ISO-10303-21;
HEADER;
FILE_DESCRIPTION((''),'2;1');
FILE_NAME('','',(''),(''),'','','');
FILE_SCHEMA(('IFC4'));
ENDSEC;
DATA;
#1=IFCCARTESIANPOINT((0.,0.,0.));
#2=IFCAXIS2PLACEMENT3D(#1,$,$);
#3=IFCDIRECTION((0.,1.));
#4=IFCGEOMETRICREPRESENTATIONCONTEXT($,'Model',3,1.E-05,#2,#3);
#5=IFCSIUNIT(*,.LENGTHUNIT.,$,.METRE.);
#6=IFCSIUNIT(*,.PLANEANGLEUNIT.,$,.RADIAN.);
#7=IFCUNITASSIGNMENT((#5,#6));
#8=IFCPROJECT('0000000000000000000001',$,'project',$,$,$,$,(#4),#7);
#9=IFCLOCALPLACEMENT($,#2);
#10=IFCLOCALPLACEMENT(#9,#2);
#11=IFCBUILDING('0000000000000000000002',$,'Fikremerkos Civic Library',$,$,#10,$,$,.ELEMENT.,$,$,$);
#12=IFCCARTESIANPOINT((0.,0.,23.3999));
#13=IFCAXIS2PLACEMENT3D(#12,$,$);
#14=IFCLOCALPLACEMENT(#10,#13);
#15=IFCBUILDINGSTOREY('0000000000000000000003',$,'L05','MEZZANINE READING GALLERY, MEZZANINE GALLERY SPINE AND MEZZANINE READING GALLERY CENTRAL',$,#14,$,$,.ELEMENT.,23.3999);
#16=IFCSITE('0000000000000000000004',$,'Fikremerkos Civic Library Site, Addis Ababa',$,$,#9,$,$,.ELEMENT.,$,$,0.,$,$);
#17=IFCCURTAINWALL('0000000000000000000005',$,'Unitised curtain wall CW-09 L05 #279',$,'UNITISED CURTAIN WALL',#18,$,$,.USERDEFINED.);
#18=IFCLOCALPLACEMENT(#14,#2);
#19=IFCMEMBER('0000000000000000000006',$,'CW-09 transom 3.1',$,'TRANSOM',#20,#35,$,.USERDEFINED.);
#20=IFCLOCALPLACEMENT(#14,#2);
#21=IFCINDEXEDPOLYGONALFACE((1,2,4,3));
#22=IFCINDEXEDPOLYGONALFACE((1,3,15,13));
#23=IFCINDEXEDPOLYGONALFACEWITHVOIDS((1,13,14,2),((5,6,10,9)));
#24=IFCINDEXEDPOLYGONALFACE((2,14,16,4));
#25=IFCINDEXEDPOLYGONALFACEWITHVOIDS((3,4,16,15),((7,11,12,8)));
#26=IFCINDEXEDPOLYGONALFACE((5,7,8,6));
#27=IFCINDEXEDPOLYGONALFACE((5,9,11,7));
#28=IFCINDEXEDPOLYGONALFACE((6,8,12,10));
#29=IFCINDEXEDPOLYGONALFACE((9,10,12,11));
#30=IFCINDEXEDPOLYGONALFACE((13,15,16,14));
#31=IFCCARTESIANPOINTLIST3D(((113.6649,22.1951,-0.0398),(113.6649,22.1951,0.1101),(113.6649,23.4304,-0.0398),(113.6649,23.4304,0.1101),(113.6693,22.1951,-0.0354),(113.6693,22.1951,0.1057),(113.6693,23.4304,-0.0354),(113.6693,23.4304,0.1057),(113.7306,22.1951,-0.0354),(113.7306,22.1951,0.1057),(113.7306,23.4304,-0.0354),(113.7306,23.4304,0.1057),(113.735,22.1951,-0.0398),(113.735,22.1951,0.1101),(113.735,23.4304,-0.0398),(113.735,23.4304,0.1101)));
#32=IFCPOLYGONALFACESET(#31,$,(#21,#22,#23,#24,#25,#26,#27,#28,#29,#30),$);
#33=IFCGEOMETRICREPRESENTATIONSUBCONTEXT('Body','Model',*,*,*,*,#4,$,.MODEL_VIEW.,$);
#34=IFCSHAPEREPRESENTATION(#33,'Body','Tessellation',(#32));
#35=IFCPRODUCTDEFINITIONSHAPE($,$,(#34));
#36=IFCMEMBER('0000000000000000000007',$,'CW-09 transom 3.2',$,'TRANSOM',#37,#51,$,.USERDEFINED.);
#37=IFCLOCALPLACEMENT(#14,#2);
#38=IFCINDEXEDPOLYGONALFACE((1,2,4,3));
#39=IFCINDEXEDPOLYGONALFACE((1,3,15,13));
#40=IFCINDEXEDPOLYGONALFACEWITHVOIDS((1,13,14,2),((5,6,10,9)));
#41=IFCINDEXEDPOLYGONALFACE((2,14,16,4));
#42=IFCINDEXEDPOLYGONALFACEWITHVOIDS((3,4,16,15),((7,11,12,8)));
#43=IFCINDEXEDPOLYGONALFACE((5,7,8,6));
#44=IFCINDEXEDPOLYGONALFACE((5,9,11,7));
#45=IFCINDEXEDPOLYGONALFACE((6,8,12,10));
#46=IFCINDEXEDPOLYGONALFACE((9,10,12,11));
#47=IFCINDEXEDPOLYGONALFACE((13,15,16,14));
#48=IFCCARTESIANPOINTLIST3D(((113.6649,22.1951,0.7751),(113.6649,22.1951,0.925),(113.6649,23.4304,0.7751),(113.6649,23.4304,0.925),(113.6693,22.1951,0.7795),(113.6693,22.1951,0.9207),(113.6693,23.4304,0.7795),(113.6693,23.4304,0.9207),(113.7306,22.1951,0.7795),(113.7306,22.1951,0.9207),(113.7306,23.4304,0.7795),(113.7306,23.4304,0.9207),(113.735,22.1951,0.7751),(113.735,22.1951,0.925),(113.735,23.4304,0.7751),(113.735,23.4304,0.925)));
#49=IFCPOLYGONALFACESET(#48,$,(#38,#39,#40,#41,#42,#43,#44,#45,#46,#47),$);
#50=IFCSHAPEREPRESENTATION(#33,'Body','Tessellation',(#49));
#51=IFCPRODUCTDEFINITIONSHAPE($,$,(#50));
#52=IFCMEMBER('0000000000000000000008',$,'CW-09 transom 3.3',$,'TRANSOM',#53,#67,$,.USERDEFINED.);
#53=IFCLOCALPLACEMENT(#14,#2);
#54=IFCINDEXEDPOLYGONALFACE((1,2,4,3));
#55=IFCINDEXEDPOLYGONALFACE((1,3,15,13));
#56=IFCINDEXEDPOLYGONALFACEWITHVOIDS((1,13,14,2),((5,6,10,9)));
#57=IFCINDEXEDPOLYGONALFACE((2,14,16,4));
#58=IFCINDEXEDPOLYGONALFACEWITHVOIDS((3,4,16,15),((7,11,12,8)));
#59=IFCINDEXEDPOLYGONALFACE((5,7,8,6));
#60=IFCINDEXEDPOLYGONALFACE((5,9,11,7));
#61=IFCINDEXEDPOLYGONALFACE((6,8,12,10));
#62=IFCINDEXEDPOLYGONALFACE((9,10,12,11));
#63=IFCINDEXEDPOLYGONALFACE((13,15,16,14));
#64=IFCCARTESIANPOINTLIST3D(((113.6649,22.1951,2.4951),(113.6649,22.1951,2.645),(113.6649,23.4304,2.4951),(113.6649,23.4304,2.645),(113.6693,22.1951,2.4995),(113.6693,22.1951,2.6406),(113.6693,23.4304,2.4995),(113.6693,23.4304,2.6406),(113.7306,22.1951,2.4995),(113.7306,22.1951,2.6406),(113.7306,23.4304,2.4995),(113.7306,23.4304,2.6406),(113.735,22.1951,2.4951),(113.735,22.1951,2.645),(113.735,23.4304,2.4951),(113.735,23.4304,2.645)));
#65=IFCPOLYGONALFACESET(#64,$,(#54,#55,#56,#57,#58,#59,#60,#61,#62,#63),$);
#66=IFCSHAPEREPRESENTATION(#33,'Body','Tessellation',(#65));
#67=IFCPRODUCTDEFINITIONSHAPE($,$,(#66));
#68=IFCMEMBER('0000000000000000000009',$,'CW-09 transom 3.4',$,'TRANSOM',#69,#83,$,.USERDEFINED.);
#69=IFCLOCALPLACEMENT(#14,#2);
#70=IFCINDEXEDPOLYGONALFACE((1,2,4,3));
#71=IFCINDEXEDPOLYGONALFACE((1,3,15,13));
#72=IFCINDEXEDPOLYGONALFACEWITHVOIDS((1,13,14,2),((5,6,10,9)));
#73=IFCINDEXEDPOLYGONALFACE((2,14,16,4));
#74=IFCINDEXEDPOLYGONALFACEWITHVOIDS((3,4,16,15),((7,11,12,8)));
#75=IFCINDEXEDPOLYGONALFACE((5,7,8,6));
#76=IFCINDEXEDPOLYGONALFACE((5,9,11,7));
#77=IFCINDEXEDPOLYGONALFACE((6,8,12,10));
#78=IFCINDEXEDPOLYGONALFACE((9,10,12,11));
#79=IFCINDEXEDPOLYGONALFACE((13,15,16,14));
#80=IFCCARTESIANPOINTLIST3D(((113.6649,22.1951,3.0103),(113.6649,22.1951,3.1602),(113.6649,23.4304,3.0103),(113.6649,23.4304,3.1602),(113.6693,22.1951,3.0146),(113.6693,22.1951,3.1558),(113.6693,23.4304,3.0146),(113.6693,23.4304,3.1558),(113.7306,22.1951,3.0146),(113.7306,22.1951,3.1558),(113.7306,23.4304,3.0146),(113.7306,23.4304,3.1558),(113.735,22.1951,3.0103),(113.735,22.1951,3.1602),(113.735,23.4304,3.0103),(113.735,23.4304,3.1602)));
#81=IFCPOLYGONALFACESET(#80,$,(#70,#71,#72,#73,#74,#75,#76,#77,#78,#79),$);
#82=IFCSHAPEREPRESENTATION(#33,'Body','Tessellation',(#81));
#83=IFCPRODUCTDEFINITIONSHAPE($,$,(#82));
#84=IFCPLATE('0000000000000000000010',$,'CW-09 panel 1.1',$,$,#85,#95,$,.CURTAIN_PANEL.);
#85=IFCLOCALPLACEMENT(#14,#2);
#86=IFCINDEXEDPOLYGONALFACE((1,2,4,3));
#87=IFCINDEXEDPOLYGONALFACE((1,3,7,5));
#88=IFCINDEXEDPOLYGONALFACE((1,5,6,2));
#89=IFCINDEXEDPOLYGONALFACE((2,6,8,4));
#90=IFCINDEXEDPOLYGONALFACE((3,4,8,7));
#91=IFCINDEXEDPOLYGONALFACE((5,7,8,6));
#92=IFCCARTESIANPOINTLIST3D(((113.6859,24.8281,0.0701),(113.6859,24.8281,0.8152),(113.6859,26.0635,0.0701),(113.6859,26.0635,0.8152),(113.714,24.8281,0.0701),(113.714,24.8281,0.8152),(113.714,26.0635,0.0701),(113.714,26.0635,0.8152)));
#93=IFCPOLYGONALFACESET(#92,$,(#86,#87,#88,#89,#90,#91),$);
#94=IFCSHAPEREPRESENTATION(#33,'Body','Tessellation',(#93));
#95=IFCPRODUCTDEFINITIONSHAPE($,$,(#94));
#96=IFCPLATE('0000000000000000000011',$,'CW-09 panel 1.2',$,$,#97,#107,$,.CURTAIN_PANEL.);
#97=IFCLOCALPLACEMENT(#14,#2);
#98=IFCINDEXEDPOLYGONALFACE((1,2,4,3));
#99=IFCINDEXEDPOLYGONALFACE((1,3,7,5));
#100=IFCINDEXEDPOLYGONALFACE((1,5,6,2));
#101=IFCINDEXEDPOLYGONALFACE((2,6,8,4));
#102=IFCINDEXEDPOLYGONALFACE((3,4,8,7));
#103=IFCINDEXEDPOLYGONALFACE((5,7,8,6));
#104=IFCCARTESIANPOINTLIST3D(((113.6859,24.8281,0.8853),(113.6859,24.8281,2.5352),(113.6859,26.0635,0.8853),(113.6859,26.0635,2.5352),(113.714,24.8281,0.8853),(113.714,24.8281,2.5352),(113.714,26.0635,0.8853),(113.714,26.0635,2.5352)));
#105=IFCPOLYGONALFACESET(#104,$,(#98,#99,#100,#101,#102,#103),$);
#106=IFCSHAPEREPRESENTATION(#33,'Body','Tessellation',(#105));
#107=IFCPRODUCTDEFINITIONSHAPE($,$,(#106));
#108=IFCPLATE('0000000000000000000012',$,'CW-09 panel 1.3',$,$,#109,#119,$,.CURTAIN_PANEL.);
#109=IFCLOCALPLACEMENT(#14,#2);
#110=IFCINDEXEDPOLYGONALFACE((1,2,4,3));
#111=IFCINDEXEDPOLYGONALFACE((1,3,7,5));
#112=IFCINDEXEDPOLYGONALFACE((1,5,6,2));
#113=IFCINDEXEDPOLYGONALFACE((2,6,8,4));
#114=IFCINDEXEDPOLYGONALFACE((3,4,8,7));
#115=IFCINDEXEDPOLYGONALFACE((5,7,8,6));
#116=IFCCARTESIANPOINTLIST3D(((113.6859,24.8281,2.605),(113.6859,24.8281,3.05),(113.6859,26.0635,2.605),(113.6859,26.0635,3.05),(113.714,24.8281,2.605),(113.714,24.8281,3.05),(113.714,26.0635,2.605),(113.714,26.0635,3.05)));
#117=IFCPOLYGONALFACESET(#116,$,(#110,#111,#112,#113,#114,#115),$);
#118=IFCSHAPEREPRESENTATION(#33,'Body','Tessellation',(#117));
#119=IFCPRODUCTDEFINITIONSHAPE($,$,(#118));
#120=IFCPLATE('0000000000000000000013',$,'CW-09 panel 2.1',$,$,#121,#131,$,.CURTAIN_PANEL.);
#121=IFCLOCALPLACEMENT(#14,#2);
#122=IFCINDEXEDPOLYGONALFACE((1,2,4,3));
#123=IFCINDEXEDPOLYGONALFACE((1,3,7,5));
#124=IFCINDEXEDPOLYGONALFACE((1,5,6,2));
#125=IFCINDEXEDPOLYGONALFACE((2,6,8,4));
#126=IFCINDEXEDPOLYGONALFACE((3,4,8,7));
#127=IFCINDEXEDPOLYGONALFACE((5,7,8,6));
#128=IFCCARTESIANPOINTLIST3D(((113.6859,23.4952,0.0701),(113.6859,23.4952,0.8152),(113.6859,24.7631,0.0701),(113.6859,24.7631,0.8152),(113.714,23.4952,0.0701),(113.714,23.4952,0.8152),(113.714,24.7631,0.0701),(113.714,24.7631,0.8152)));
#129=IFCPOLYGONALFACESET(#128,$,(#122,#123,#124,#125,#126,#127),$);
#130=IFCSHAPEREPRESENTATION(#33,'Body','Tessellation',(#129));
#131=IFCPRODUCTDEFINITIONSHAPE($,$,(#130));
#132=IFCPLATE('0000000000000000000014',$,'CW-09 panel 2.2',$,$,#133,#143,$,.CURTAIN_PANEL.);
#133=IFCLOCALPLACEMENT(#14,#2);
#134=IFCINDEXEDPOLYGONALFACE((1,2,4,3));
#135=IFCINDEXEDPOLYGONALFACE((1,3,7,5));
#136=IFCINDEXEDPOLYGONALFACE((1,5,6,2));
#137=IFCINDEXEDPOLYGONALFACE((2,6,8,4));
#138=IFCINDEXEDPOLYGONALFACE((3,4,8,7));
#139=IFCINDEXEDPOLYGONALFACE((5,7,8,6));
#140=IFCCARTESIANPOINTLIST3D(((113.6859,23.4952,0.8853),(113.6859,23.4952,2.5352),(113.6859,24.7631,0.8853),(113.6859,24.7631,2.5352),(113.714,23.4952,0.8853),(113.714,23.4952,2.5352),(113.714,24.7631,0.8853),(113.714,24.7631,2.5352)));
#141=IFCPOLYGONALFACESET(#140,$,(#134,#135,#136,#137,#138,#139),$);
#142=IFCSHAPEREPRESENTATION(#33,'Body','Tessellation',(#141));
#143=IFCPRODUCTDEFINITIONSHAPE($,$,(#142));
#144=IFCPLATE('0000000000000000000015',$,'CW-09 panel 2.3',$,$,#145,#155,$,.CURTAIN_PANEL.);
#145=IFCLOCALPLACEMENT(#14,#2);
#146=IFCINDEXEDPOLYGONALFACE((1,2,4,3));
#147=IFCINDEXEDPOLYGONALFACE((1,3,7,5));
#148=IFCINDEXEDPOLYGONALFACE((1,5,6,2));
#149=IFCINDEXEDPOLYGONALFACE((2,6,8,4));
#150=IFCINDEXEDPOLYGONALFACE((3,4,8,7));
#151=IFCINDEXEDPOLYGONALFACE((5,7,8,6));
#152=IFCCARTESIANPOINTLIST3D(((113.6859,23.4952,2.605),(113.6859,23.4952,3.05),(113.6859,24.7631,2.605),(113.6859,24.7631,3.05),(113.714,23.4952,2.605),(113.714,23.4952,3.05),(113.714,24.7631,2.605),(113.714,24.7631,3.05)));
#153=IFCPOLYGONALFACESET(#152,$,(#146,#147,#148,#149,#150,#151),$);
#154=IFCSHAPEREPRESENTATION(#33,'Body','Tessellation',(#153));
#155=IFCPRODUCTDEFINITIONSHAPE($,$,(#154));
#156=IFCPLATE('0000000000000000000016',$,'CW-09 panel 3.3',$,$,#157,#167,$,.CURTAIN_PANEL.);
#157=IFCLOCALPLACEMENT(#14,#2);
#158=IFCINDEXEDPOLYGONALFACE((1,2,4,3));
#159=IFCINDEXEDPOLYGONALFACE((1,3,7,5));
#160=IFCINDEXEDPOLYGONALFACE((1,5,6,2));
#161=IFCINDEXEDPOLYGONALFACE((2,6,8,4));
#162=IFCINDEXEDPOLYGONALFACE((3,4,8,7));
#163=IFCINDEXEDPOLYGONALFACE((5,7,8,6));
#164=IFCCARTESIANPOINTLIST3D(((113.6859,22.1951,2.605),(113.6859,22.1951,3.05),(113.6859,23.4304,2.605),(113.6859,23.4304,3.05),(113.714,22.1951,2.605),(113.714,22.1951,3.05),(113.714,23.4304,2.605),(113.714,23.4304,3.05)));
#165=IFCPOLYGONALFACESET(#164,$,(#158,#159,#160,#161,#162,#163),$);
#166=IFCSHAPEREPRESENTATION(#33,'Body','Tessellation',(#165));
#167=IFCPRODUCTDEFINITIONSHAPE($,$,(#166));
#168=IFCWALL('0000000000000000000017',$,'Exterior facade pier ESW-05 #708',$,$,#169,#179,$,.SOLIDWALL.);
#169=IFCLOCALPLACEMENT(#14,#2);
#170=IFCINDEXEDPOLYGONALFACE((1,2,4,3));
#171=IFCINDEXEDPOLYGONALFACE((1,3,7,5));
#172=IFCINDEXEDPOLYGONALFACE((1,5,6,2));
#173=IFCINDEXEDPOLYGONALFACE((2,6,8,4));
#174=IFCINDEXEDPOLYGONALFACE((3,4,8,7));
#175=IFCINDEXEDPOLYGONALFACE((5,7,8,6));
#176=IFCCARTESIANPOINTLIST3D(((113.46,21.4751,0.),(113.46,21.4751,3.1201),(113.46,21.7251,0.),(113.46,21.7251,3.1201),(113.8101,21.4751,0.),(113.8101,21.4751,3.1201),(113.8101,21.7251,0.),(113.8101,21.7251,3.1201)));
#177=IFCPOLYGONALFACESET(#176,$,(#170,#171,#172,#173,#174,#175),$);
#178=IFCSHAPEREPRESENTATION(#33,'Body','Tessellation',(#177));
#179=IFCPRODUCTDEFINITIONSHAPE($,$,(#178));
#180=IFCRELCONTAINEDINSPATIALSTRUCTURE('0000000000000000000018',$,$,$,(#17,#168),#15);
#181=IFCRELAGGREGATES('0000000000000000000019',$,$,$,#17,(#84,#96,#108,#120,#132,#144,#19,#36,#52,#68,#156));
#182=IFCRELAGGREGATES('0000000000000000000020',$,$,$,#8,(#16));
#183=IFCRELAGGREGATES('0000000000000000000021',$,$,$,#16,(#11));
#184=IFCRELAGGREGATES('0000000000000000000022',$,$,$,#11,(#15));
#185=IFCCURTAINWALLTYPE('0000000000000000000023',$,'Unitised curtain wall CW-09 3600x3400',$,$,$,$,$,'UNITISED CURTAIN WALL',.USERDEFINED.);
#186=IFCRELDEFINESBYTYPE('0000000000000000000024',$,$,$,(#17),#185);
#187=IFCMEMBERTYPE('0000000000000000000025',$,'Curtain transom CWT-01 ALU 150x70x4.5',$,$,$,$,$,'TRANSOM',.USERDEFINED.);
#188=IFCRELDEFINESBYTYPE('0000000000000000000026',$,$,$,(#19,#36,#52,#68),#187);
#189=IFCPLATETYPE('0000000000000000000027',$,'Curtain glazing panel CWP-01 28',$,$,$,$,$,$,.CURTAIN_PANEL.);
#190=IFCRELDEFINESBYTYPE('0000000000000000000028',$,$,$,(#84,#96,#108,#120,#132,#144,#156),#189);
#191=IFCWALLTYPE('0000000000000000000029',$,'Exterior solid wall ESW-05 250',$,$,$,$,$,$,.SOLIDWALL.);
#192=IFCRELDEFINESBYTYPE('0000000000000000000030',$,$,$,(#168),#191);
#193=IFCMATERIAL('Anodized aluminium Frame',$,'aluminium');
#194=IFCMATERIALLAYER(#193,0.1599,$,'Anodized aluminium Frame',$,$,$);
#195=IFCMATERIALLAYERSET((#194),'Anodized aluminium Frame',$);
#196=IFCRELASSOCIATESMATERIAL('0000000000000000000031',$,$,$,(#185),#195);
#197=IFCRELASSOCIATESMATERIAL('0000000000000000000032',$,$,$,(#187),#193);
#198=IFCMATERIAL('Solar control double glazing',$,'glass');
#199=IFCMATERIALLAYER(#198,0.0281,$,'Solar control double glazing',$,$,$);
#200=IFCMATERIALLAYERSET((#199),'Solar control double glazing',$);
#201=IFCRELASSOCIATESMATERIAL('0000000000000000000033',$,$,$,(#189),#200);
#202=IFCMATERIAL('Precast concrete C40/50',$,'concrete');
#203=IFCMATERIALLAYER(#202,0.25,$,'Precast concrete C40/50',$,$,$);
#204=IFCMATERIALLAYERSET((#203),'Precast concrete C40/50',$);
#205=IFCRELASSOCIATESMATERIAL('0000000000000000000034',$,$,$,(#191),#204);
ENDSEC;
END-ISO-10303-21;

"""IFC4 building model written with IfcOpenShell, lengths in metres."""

from ifc_helpers import new_model, si_unit, direction, frame, frame_2d, origin, origin_2d, place, context, subcontext, project, spatial, rectangle, hollow_rectangle, extrude, material, layer, layer_set, material_profile, profile_set, type_object, element, aggregate, save


model = new_model("IFC4")

# Units and contexts
model_context = context("Model", 3, precision=1e-05, world=origin(), true_north=direction((0.0, 1.0)))
body_context = subcontext(model_context, "Body", "Model", "MODEL_VIEW")
ifc_project = project(units=[si_unit("LENGTHUNIT", "METRE"), si_unit("PLANEANGLEUNIT", "RADIAN")], contexts=[model_context])

# Site, building, storey
site_placement = place(None, origin())
site = spatial("IfcSite", under=ifc_project, at=site_placement, Name="Fikremerkos Civic Library Site, Addis Ababa", CompositionType="ELEMENT", RefElevation=0.0)
building_placement = place(site_placement, origin())
building = spatial("IfcBuilding", under=site, at=building_placement, Name="Fikremerkos Civic Library", CompositionType="ELEMENT")
storey_placement = place(building_placement, frame((0.0, 0.0, 23.3999)))
storey = spatial("IfcBuildingStorey", under=building, at=storey_placement, Name="L05", Description="MEZZANINE READING GALLERY, MEZZANINE GALLERY SPINE AND MEZZANINE READING GALLERY CENTRAL", CompositionType="ELEMENT", Elevation=23.3999)

# Curtain wall, members, plates
ifc_material_1 = material(Name="Anodized aluminium Frame", Category="aluminium")
ifc_layer_1 = layer(ifc_material_1, 0.1599, Name="Anodized aluminium Frame")
ifc_layer_set_1 = layer_set([ifc_layer_1], Name="Anodized aluminium Frame")
curtain_wall_type = type_object("IfcCurtainWallType", Name="Unitised curtain wall CW-09 3600x3400", ElementType="UNITISED CURTAIN WALL", PredefinedType="USERDEFINED", material=ifc_layer_set_1)
curtain_wall_placement = place(storey_placement, origin())
curtain_wall = element("IfcCurtainWall", 1, at=curtain_wall_placement, inside=storey, type_object=curtain_wall_type, Name="Unitised curtain wall CW-09 L05 #279", ObjectType="UNITISED CURTAIN WALL", PredefinedType="USERDEFINED")
ifc_material_profile_1 = material_profile(ifc_material_1, hollow_rectangle(XDim=0.0701, YDim=0.1499, WallThickness=0.0044, at=origin_2d()), Name="ALU 150x70x4.5")
ifc_profile_set_1 = profile_set([ifc_material_profile_1], Name="Anodized aluminium Frame")
member_type_1 = type_object("IfcMemberType", Name="Curtain transom CWT-01 ALU 150x70x4.5", ElementType="TRANSOM", PredefinedType="USERDEFINED", material=ifc_profile_set_1)
member_1_placement = place(storey_placement, frame((113.7, 23.4304, 0.0352), z_axis=(0.0, -1.0, 0.0), x_axis=(1.0, 0.0, 0.0)))
member_1 = element("IfcMember", 2, at=member_1_placement, type_object=member_type_1, Name="CW-09 transom 3.1", ObjectType="TRANSOM", PredefinedType="USERDEFINED", context=body_context, shape_type="SweptSolid", body=[
    extrude(hollow_rectangle(XDim=0.0701, YDim=0.1499, WallThickness=0.0044, at=origin_2d()), origin(), (0.0, 0.0, 1.0), 1.2354),
])
member_2_placement = place(storey_placement, frame((113.7, 23.4304, 0.8501), z_axis=(0.0, -1.0, 0.0), x_axis=(1.0, 0.0, 0.0)))
member_2 = element("IfcMember", 3, at=member_2_placement, type_object=member_type_1, Name="CW-09 transom 3.2", ObjectType="TRANSOM", PredefinedType="USERDEFINED", context=body_context, shape_type="SweptSolid", body=[
    extrude(hollow_rectangle(XDim=0.0701, YDim=0.1499, WallThickness=0.0044, at=origin_2d()), origin(), (0.0, 0.0, 1.0), 1.2354),
])
member_3_placement = place(storey_placement, frame((113.7, 23.4304, 2.5701), z_axis=(0.0, -1.0, 0.0), x_axis=(1.0, 0.0, 0.0)))
member_3 = element("IfcMember", 4, at=member_3_placement, type_object=member_type_1, Name="CW-09 transom 3.3", ObjectType="TRANSOM", PredefinedType="USERDEFINED", context=body_context, shape_type="SweptSolid", body=[
    extrude(hollow_rectangle(XDim=0.0701, YDim=0.1499, WallThickness=0.0044, at=origin_2d()), origin(), (0.0, 0.0, 1.0), 1.2354),
])
member_4_placement = place(storey_placement, frame((113.7, 23.4304, 3.0852), z_axis=(0.0, -1.0, 0.0), x_axis=(1.0, 0.0, 0.0)))
member_4 = element("IfcMember", 5, at=member_4_placement, type_object=member_type_1, Name="CW-09 transom 3.4", ObjectType="TRANSOM", PredefinedType="USERDEFINED", context=body_context, shape_type="SweptSolid", body=[
    extrude(hollow_rectangle(XDim=0.0701, YDim=0.1499, WallThickness=0.0044, at=origin_2d()), origin(), (0.0, 0.0, 1.0), 1.2354),
])
ifc_material_2 = material(Name="Solar control double glazing", Category="glass")
ifc_layer_2 = layer(ifc_material_2, 0.0281, Name="Solar control double glazing")
ifc_layer_set_2 = layer_set([ifc_layer_2], Name="Solar control double glazing")
plate_type = type_object("IfcPlateType", Name="Curtain glazing panel CWP-01 28", PredefinedType="CURTAIN_PANEL", material=ifc_layer_set_2)
plate_1_placement = place(storey_placement, frame((113.7, 25.4458, 0.0701), z_axis=(0.0, 0.0, 1.0), x_axis=(0.0, -1.0, 0.0)))
plate_1 = element("IfcPlate", 6, at=plate_1_placement, type_object=plate_type, Name="CW-09 panel 1.1", PredefinedType="CURTAIN_PANEL", context=body_context, shape_type="SweptSolid", body=[
    extrude(rectangle(XDim=1.2354, YDim=0.0281, at=origin_2d()), origin(), (0.0, 0.0, 1.0), 0.7451),
])
plate_2_placement = place(storey_placement, frame((113.7, 25.4458, 0.8853), z_axis=(0.0, 0.0, 1.0), x_axis=(0.0, -1.0, 0.0)))
plate_2 = element("IfcPlate", 7, at=plate_2_placement, type_object=plate_type, Name="CW-09 panel 1.2", PredefinedType="CURTAIN_PANEL", context=body_context, shape_type="SweptSolid", body=[
    extrude(rectangle(XDim=1.2354, YDim=0.0281, at=origin_2d()), origin(), (0.0, 0.0, 1.0), 1.6499),
])
plate_3_placement = place(storey_placement, frame((113.7, 25.4458, 2.605), z_axis=(0.0, 0.0, 1.0), x_axis=(0.0, -1.0, 0.0)))
plate_3 = element("IfcPlate", 8, at=plate_3_placement, type_object=plate_type, Name="CW-09 panel 1.3", PredefinedType="CURTAIN_PANEL", context=body_context, shape_type="SweptSolid", body=[
    extrude(rectangle(XDim=1.2354, YDim=0.0281, at=origin_2d()), origin(), (0.0, 0.0, 1.0), 0.4451),
])
plate_4_placement = place(storey_placement, frame((113.7, 24.1292, 0.0701), z_axis=(0.0, 0.0, 1.0), x_axis=(0.0, -1.0, 0.0)))
plate_4 = element("IfcPlate", 9, at=plate_4_placement, type_object=plate_type, Name="CW-09 panel 2.1", PredefinedType="CURTAIN_PANEL", context=body_context, shape_type="SweptSolid", body=[
    extrude(rectangle(XDim=1.2678, YDim=0.0281, at=origin_2d()), origin(), (0.0, 0.0, 1.0), 0.7451),
])
plate_5_placement = place(storey_placement, frame((113.7, 24.1292, 0.8853), z_axis=(0.0, 0.0, 1.0), x_axis=(0.0, -1.0, 0.0)))
plate_5 = element("IfcPlate", 10, at=plate_5_placement, type_object=plate_type, Name="CW-09 panel 2.2", PredefinedType="CURTAIN_PANEL", context=body_context, shape_type="SweptSolid", body=[
    extrude(rectangle(XDim=1.2678, YDim=0.0281, at=origin_2d()), origin(), (0.0, 0.0, 1.0), 1.6499),
])
plate_6_placement = place(storey_placement, frame((113.7, 24.1292, 2.605), z_axis=(0.0, 0.0, 1.0), x_axis=(0.0, -1.0, 0.0)))
plate_6 = element("IfcPlate", 11, at=plate_6_placement, type_object=plate_type, Name="CW-09 panel 2.3", PredefinedType="CURTAIN_PANEL", context=body_context, shape_type="SweptSolid", body=[
    extrude(rectangle(XDim=1.2678, YDim=0.0281, at=origin_2d()), origin(), (0.0, 0.0, 1.0), 0.4451),
])
plate_7_placement = place(storey_placement, frame((113.7, 22.8127, 2.605), z_axis=(0.0, 0.0, 1.0), x_axis=(0.0, -1.0, 0.0)))
plate_7 = element("IfcPlate", 12, at=plate_7_placement, type_object=plate_type, Name="CW-09 panel 3.3", PredefinedType="CURTAIN_PANEL", context=body_context, shape_type="SweptSolid", body=[
    extrude(rectangle(XDim=1.2354, YDim=0.0281, at=origin_2d()), origin(), (0.0, 0.0, 1.0), 0.4451),
])
aggregate(curtain_wall, [plate_1, plate_2, plate_3, plate_4, plate_5, plate_6, member_1, member_2, member_3, member_4, plate_7])

# Wall
ifc_material_3 = material(Name="Precast concrete C40/50", Category="concrete")
ifc_layer_3 = layer(ifc_material_3, 0.25, Name="Precast concrete C40/50")
ifc_layer_set_3 = layer_set([ifc_layer_3], Name="Precast concrete C40/50")
wall_type = type_object("IfcWallType", Name="Exterior solid wall ESW-05 250", PredefinedType="SOLIDWALL", material=ifc_layer_set_3)
wall_placement = place(storey_placement, frame((113.8101, 21.6001, 0.0), z_axis=(0.0, 0.0, 1.0), x_axis=(-1.0, 0.0, 0.0)))
element("IfcWall", 13, at=wall_placement, inside=storey, type_object=wall_type, Name="Exterior facade pier ESW-05 #708", PredefinedType="SOLIDWALL", context=body_context, shape_type="SweptSolid", body=[
    extrude(rectangle(XDim=0.3501, YDim=0.25, at=frame_2d((0.175, 0.0))), origin(), (0.0, 0.0, 1.0), 3.1201),
])

save(model, "model.ifc")
